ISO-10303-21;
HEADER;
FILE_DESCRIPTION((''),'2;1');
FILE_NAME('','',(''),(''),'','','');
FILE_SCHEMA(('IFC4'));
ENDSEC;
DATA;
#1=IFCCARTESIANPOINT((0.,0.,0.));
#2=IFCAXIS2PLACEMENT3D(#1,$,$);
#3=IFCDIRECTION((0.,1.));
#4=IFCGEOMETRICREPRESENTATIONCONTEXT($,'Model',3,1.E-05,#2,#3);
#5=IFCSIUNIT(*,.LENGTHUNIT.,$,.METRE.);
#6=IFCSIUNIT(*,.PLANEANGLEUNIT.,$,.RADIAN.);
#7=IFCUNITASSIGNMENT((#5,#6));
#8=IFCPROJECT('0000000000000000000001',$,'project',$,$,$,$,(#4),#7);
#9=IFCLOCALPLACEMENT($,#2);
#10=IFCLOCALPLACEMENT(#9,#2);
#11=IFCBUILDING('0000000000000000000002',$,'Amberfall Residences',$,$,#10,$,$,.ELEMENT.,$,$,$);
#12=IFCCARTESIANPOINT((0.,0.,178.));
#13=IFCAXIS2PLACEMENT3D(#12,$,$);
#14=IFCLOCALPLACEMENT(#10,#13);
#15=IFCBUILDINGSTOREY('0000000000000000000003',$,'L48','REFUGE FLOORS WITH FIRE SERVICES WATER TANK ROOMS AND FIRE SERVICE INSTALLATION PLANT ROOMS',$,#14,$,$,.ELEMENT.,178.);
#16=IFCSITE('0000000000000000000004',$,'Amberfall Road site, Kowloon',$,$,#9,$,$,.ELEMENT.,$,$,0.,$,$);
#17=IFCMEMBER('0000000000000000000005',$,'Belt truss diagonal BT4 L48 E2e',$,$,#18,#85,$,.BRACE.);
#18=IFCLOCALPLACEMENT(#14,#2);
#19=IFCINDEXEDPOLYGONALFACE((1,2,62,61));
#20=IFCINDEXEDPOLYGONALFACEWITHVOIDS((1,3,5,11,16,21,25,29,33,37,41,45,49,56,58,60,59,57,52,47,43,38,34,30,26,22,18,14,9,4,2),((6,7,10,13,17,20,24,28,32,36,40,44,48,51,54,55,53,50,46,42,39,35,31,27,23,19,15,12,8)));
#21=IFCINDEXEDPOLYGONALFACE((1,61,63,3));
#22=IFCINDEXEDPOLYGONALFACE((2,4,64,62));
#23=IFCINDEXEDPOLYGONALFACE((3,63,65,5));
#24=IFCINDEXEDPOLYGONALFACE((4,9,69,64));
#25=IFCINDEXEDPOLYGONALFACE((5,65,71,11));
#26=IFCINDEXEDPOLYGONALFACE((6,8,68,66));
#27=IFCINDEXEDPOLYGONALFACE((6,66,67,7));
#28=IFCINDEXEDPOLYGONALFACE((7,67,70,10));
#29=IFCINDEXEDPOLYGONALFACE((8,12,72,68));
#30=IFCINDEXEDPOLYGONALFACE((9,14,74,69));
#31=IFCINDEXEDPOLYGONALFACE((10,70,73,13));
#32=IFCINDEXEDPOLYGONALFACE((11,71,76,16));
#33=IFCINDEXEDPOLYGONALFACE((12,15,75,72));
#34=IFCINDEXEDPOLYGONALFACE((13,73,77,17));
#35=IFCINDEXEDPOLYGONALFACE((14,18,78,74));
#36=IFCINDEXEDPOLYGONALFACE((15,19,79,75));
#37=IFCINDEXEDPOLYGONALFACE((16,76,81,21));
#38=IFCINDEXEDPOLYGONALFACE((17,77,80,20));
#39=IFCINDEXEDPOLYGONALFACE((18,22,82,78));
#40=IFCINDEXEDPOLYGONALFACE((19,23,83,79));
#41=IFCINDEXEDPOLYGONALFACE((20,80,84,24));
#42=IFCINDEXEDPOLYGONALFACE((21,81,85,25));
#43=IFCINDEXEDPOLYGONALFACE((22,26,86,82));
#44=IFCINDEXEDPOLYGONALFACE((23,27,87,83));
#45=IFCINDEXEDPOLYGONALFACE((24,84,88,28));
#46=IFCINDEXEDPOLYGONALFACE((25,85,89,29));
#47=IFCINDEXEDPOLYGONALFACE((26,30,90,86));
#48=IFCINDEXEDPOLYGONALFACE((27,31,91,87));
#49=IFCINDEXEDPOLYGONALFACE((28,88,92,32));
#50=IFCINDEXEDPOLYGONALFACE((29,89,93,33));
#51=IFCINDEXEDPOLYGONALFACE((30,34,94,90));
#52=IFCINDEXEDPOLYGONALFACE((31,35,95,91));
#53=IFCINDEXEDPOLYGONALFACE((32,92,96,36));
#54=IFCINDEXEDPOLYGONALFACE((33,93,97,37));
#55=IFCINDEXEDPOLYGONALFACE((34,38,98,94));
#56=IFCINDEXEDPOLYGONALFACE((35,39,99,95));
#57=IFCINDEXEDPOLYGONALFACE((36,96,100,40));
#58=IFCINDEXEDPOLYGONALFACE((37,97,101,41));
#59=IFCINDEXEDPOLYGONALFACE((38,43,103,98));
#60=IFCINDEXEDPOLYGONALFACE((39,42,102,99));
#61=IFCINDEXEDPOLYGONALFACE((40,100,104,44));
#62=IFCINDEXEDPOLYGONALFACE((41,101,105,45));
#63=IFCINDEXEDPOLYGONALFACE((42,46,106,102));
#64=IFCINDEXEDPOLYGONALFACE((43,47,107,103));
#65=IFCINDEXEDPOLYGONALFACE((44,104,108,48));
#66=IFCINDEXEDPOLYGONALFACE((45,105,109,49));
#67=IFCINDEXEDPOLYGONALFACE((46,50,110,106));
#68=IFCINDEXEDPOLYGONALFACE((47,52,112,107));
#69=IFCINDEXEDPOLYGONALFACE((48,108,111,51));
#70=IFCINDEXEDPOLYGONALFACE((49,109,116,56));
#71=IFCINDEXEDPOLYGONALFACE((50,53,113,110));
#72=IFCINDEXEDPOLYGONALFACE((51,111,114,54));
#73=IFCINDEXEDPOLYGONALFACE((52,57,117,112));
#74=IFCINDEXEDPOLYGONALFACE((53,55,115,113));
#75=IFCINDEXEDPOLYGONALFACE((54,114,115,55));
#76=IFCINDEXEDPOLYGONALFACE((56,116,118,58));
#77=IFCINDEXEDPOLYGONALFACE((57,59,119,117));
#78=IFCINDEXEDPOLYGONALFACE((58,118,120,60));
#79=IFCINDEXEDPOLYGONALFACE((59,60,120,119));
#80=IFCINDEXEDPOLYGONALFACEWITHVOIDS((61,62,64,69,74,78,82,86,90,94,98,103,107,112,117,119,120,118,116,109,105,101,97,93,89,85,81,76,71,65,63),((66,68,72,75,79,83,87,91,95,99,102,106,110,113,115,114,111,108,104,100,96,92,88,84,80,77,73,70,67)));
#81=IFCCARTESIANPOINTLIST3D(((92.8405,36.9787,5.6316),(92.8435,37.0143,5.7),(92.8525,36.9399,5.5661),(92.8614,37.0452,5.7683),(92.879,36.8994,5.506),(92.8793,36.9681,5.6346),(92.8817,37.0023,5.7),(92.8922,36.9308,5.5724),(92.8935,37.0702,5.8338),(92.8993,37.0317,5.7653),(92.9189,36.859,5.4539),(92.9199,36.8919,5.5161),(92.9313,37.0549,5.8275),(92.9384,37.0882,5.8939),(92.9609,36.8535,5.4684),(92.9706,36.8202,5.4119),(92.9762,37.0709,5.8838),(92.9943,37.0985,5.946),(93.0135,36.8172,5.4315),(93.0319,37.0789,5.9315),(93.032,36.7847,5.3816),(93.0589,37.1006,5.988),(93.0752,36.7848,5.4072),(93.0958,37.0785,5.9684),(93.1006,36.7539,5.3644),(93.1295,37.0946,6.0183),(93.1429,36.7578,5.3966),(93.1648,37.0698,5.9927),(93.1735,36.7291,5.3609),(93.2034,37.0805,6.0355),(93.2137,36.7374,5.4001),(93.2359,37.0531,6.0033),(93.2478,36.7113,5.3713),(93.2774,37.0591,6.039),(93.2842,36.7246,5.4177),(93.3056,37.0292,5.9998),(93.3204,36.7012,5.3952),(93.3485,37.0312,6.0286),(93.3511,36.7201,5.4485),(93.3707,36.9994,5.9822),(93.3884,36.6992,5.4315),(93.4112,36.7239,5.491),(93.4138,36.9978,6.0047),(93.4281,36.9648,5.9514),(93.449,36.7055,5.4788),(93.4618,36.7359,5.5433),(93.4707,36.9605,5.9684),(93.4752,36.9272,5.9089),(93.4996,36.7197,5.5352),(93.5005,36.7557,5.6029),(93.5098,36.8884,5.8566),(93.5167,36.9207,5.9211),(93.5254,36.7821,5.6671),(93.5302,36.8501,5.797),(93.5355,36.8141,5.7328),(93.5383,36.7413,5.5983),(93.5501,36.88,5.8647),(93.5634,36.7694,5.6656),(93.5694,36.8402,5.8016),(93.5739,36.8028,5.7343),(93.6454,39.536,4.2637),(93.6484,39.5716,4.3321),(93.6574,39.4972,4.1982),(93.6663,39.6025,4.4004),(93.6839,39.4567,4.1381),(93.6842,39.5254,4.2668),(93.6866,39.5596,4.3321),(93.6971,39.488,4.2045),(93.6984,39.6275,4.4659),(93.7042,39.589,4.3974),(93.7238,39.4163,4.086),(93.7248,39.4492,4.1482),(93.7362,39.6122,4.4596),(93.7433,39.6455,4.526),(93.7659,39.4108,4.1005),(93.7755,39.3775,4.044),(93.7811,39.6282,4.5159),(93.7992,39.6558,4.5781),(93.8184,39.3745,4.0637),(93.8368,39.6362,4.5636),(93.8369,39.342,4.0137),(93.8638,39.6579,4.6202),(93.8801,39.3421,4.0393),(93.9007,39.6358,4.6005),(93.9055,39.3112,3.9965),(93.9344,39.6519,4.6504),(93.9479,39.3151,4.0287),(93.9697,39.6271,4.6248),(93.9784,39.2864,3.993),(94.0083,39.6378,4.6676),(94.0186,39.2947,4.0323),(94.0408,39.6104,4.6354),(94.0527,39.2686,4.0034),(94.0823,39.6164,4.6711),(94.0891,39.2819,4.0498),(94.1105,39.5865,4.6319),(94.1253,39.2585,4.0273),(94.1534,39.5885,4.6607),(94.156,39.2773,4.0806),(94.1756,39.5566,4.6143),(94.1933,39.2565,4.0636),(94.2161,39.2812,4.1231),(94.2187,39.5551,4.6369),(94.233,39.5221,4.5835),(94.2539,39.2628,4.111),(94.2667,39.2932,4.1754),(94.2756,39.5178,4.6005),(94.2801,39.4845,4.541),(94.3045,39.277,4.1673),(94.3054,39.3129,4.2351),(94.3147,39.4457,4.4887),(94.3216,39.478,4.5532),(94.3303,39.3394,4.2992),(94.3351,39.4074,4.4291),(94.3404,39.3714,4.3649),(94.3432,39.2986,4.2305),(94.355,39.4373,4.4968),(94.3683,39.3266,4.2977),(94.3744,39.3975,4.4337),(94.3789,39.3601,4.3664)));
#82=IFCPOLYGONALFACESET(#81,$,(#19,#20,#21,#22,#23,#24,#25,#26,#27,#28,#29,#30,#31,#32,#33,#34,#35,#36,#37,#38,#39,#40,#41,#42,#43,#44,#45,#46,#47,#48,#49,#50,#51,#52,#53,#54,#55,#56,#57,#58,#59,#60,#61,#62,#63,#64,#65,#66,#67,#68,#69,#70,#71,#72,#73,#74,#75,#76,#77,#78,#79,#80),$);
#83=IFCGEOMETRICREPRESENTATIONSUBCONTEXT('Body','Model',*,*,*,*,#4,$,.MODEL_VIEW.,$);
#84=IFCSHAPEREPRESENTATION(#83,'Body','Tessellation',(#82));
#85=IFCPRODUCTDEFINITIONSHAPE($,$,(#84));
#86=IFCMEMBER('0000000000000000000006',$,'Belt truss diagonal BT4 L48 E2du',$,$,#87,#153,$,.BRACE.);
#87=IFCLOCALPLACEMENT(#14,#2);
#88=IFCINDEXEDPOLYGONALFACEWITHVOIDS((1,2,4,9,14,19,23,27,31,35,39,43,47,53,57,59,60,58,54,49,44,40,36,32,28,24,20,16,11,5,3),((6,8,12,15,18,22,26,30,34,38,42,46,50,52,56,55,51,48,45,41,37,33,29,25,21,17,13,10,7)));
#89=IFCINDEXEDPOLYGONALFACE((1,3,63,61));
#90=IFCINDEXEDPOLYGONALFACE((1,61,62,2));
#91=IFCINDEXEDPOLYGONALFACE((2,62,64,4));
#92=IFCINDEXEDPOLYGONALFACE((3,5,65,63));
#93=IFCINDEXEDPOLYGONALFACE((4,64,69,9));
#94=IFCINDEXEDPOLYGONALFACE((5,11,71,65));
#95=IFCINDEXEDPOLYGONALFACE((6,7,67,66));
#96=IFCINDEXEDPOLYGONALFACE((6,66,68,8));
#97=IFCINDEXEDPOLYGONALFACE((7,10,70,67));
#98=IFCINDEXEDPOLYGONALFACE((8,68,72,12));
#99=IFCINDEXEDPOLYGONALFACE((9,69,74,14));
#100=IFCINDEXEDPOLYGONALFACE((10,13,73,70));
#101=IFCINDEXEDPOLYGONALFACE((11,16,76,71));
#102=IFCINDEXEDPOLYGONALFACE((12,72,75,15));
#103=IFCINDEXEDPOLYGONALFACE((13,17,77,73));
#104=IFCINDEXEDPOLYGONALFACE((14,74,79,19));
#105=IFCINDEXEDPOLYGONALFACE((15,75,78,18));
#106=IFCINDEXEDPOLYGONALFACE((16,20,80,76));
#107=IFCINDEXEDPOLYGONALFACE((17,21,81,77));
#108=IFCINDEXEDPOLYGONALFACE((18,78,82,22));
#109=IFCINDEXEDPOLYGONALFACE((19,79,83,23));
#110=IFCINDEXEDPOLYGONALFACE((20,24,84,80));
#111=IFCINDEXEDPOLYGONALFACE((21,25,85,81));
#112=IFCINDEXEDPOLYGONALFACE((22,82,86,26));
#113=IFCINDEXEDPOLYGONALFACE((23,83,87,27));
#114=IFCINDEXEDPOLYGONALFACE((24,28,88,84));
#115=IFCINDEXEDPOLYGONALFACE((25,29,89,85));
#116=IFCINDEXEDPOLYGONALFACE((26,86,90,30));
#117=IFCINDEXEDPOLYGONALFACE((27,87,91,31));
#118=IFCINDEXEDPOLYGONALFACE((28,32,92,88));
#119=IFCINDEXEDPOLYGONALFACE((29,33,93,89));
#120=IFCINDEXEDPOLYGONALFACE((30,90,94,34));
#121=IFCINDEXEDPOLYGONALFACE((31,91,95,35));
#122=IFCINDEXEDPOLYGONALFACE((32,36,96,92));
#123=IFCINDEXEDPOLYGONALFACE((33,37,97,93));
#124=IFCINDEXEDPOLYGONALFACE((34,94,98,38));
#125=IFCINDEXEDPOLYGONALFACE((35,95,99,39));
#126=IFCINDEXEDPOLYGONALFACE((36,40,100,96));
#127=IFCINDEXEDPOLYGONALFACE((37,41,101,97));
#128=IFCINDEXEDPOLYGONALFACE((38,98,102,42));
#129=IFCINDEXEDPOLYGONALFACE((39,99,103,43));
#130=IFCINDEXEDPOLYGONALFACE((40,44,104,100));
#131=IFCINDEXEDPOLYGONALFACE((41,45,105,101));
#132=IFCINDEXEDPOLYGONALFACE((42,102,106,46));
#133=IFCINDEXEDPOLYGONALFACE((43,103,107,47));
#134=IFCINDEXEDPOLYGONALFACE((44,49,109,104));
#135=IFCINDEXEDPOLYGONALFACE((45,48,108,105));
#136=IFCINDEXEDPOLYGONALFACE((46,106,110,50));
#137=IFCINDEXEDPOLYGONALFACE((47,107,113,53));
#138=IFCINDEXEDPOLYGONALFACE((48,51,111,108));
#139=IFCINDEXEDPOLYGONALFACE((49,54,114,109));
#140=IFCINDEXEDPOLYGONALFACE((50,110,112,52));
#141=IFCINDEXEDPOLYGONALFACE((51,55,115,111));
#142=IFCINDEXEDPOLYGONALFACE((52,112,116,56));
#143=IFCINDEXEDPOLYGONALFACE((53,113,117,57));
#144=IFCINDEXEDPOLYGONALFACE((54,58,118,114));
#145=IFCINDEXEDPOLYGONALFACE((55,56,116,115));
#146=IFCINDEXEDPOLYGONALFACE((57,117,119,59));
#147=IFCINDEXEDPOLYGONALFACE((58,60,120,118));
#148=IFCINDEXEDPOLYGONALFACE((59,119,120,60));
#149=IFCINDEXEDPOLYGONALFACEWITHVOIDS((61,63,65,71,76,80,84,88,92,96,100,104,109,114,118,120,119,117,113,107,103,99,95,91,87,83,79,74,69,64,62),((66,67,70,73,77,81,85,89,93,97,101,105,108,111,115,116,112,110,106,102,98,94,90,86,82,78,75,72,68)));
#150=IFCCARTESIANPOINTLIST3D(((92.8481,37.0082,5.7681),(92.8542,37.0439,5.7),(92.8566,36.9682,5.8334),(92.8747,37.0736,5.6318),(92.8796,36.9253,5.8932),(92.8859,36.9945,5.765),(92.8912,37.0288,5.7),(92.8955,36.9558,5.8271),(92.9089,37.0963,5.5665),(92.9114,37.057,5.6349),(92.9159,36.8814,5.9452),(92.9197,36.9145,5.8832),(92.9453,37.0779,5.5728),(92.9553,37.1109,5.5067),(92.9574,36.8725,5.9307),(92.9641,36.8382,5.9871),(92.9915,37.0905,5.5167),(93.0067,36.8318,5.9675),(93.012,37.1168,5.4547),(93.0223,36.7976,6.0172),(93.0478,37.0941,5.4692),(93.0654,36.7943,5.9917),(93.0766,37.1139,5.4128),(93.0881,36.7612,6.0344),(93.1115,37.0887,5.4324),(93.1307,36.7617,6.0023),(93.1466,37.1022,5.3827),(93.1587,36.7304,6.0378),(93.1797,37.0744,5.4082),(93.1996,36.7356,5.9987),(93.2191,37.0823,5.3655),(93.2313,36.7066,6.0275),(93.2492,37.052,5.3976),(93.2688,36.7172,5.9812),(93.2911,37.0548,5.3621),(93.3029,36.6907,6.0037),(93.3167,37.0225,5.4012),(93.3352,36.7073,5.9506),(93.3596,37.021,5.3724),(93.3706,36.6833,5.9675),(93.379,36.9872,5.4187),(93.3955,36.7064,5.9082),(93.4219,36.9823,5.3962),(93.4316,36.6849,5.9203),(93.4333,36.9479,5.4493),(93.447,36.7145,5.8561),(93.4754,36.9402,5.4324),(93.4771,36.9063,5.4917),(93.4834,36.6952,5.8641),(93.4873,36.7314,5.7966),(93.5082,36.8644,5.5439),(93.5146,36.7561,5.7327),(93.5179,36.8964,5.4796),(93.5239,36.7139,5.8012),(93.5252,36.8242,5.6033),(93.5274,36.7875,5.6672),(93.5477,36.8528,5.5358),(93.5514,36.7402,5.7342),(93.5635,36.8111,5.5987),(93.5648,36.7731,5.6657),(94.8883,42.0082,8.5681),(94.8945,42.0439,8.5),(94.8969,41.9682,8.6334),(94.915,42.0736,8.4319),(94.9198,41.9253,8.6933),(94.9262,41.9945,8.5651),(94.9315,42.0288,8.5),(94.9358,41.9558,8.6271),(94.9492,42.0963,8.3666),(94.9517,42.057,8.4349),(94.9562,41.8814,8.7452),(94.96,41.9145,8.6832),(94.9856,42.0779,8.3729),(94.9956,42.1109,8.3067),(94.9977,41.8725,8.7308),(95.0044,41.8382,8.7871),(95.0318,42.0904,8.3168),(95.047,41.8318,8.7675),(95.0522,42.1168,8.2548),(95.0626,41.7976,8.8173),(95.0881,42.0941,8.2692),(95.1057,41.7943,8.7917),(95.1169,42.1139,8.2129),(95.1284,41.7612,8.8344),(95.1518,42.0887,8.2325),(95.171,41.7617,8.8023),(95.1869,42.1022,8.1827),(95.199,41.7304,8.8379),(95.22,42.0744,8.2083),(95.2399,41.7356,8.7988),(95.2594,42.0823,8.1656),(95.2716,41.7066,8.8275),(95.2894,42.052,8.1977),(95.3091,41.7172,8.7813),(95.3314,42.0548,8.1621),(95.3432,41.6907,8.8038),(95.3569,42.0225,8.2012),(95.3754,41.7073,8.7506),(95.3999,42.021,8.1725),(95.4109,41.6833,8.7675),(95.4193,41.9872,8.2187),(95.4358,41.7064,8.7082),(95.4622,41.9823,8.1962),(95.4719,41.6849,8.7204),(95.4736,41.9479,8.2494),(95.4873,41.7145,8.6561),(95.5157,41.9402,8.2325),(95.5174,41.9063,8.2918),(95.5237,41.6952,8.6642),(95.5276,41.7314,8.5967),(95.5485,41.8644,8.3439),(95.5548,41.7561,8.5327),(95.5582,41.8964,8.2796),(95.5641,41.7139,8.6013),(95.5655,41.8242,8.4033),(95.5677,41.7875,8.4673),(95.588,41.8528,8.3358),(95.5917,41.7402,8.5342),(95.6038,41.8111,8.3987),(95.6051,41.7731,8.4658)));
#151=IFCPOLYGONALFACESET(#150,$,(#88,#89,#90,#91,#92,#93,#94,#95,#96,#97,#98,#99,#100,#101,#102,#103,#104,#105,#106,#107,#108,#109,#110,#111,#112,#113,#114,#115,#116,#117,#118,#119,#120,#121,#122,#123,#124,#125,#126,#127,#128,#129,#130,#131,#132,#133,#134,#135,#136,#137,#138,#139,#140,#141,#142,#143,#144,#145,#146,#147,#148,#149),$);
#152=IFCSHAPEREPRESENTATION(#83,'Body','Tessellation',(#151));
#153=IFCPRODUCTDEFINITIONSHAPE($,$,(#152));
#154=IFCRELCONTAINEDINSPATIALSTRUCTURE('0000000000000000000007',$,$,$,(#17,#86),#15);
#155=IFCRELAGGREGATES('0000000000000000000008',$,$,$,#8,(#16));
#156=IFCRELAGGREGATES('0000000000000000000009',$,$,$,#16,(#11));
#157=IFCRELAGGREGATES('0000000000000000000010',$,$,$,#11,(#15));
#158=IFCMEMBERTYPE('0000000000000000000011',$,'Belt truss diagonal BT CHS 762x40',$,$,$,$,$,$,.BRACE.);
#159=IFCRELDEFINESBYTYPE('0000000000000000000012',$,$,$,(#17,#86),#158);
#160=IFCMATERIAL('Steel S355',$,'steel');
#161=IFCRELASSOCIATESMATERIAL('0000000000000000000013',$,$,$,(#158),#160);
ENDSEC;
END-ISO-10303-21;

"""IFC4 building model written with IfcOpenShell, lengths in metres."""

from ifc_helpers import new_model, si_unit, direction, frame, origin, origin_2d, place, context, subcontext, project, spatial, hollow_circle, extrude, material, material_profile, profile_set, type_object, element, save


model = new_model("IFC4")

# Units and contexts
model_context = context("Model", 3, precision=1e-05, world=origin(), true_north=direction((0.0, 1.0)))
body_context = subcontext(model_context, "Body", "Model", "MODEL_VIEW")
ifc_project = project(units=[si_unit("LENGTHUNIT", "METRE"), si_unit("PLANEANGLEUNIT", "RADIAN")], contexts=[model_context])

# Site, building, storey
site_placement = place(None, origin())
site = spatial("IfcSite", under=ifc_project, at=site_placement, Name="Amberfall Road site, Kowloon", CompositionType="ELEMENT", RefElevation=0.0)
building_placement = place(site_placement, origin())
building = spatial("IfcBuilding", under=site, at=building_placement, Name="Amberfall Residences", CompositionType="ELEMENT")
storey_placement = place(building_placement, frame((0.0, 0.0, 178.0)))
storey = spatial("IfcBuildingStorey", under=building, at=storey_placement, Name="L48", Description="REFUGE FLOORS WITH FIRE SERVICES WATER TANK ROOMS AND FIRE SERVICE INSTALLATION PLANT ROOMS", CompositionType="ELEMENT", Elevation=178.0)

# Shared definitions
ifc_material_1 = material(Name="Steel S355", Category="steel")

# Members
ifc_material_profile_1 = material_profile(ifc_material_1, hollow_circle(Radius=0.3811, WallThickness=0.04, at=origin_2d()), Name="CHS 762x40")
ifc_profile_set_1 = profile_set([ifc_material_profile_1], Name="Steel S355")
member_type = type_object("IfcMemberType", Name="Belt truss diagonal BT CHS 762x40", PredefinedType="BRACE", material=ifc_profile_set_1)
member_1_placement = place(storey_placement, frame((93.207, 36.8999, 5.7), z_axis=(0.267431, 0.849664, -0.454479), x_axis=(-0.953867, 0.300229, 0.0)))
element("IfcMember", 1, at=member_1_placement, inside=storey, type_object=member_type, Name="Belt truss diagonal BT4 L48 E2e", PredefinedType="BRACE", context=body_context, shape_type="SweptSolid", body=[
    extrude(hollow_circle(Radius=0.3811, WallThickness=0.04, at=origin_2d()), origin(), (0.0, 0.0, 1.0), 3.0098),
])
member_2_placement = place(storey_placement, frame((93.207, 36.8999, 5.7), z_axis=(0.335407, 0.821961, 0.460306), x_axis=(-0.925882, 0.377812, 0.0)))
element("IfcMember", 2, at=member_2_placement, inside=storey, type_object=member_type, Name="Belt truss diagonal BT4 L48 E2du", PredefinedType="BRACE", context=body_context, shape_type="SweptSolid", body=[
    extrude(hollow_circle(Radius=0.3811, WallThickness=0.04, at=origin_2d()), origin(), (0.0, 0.0, 1.0), 6.083),
])

save(model, "model.ifc")
